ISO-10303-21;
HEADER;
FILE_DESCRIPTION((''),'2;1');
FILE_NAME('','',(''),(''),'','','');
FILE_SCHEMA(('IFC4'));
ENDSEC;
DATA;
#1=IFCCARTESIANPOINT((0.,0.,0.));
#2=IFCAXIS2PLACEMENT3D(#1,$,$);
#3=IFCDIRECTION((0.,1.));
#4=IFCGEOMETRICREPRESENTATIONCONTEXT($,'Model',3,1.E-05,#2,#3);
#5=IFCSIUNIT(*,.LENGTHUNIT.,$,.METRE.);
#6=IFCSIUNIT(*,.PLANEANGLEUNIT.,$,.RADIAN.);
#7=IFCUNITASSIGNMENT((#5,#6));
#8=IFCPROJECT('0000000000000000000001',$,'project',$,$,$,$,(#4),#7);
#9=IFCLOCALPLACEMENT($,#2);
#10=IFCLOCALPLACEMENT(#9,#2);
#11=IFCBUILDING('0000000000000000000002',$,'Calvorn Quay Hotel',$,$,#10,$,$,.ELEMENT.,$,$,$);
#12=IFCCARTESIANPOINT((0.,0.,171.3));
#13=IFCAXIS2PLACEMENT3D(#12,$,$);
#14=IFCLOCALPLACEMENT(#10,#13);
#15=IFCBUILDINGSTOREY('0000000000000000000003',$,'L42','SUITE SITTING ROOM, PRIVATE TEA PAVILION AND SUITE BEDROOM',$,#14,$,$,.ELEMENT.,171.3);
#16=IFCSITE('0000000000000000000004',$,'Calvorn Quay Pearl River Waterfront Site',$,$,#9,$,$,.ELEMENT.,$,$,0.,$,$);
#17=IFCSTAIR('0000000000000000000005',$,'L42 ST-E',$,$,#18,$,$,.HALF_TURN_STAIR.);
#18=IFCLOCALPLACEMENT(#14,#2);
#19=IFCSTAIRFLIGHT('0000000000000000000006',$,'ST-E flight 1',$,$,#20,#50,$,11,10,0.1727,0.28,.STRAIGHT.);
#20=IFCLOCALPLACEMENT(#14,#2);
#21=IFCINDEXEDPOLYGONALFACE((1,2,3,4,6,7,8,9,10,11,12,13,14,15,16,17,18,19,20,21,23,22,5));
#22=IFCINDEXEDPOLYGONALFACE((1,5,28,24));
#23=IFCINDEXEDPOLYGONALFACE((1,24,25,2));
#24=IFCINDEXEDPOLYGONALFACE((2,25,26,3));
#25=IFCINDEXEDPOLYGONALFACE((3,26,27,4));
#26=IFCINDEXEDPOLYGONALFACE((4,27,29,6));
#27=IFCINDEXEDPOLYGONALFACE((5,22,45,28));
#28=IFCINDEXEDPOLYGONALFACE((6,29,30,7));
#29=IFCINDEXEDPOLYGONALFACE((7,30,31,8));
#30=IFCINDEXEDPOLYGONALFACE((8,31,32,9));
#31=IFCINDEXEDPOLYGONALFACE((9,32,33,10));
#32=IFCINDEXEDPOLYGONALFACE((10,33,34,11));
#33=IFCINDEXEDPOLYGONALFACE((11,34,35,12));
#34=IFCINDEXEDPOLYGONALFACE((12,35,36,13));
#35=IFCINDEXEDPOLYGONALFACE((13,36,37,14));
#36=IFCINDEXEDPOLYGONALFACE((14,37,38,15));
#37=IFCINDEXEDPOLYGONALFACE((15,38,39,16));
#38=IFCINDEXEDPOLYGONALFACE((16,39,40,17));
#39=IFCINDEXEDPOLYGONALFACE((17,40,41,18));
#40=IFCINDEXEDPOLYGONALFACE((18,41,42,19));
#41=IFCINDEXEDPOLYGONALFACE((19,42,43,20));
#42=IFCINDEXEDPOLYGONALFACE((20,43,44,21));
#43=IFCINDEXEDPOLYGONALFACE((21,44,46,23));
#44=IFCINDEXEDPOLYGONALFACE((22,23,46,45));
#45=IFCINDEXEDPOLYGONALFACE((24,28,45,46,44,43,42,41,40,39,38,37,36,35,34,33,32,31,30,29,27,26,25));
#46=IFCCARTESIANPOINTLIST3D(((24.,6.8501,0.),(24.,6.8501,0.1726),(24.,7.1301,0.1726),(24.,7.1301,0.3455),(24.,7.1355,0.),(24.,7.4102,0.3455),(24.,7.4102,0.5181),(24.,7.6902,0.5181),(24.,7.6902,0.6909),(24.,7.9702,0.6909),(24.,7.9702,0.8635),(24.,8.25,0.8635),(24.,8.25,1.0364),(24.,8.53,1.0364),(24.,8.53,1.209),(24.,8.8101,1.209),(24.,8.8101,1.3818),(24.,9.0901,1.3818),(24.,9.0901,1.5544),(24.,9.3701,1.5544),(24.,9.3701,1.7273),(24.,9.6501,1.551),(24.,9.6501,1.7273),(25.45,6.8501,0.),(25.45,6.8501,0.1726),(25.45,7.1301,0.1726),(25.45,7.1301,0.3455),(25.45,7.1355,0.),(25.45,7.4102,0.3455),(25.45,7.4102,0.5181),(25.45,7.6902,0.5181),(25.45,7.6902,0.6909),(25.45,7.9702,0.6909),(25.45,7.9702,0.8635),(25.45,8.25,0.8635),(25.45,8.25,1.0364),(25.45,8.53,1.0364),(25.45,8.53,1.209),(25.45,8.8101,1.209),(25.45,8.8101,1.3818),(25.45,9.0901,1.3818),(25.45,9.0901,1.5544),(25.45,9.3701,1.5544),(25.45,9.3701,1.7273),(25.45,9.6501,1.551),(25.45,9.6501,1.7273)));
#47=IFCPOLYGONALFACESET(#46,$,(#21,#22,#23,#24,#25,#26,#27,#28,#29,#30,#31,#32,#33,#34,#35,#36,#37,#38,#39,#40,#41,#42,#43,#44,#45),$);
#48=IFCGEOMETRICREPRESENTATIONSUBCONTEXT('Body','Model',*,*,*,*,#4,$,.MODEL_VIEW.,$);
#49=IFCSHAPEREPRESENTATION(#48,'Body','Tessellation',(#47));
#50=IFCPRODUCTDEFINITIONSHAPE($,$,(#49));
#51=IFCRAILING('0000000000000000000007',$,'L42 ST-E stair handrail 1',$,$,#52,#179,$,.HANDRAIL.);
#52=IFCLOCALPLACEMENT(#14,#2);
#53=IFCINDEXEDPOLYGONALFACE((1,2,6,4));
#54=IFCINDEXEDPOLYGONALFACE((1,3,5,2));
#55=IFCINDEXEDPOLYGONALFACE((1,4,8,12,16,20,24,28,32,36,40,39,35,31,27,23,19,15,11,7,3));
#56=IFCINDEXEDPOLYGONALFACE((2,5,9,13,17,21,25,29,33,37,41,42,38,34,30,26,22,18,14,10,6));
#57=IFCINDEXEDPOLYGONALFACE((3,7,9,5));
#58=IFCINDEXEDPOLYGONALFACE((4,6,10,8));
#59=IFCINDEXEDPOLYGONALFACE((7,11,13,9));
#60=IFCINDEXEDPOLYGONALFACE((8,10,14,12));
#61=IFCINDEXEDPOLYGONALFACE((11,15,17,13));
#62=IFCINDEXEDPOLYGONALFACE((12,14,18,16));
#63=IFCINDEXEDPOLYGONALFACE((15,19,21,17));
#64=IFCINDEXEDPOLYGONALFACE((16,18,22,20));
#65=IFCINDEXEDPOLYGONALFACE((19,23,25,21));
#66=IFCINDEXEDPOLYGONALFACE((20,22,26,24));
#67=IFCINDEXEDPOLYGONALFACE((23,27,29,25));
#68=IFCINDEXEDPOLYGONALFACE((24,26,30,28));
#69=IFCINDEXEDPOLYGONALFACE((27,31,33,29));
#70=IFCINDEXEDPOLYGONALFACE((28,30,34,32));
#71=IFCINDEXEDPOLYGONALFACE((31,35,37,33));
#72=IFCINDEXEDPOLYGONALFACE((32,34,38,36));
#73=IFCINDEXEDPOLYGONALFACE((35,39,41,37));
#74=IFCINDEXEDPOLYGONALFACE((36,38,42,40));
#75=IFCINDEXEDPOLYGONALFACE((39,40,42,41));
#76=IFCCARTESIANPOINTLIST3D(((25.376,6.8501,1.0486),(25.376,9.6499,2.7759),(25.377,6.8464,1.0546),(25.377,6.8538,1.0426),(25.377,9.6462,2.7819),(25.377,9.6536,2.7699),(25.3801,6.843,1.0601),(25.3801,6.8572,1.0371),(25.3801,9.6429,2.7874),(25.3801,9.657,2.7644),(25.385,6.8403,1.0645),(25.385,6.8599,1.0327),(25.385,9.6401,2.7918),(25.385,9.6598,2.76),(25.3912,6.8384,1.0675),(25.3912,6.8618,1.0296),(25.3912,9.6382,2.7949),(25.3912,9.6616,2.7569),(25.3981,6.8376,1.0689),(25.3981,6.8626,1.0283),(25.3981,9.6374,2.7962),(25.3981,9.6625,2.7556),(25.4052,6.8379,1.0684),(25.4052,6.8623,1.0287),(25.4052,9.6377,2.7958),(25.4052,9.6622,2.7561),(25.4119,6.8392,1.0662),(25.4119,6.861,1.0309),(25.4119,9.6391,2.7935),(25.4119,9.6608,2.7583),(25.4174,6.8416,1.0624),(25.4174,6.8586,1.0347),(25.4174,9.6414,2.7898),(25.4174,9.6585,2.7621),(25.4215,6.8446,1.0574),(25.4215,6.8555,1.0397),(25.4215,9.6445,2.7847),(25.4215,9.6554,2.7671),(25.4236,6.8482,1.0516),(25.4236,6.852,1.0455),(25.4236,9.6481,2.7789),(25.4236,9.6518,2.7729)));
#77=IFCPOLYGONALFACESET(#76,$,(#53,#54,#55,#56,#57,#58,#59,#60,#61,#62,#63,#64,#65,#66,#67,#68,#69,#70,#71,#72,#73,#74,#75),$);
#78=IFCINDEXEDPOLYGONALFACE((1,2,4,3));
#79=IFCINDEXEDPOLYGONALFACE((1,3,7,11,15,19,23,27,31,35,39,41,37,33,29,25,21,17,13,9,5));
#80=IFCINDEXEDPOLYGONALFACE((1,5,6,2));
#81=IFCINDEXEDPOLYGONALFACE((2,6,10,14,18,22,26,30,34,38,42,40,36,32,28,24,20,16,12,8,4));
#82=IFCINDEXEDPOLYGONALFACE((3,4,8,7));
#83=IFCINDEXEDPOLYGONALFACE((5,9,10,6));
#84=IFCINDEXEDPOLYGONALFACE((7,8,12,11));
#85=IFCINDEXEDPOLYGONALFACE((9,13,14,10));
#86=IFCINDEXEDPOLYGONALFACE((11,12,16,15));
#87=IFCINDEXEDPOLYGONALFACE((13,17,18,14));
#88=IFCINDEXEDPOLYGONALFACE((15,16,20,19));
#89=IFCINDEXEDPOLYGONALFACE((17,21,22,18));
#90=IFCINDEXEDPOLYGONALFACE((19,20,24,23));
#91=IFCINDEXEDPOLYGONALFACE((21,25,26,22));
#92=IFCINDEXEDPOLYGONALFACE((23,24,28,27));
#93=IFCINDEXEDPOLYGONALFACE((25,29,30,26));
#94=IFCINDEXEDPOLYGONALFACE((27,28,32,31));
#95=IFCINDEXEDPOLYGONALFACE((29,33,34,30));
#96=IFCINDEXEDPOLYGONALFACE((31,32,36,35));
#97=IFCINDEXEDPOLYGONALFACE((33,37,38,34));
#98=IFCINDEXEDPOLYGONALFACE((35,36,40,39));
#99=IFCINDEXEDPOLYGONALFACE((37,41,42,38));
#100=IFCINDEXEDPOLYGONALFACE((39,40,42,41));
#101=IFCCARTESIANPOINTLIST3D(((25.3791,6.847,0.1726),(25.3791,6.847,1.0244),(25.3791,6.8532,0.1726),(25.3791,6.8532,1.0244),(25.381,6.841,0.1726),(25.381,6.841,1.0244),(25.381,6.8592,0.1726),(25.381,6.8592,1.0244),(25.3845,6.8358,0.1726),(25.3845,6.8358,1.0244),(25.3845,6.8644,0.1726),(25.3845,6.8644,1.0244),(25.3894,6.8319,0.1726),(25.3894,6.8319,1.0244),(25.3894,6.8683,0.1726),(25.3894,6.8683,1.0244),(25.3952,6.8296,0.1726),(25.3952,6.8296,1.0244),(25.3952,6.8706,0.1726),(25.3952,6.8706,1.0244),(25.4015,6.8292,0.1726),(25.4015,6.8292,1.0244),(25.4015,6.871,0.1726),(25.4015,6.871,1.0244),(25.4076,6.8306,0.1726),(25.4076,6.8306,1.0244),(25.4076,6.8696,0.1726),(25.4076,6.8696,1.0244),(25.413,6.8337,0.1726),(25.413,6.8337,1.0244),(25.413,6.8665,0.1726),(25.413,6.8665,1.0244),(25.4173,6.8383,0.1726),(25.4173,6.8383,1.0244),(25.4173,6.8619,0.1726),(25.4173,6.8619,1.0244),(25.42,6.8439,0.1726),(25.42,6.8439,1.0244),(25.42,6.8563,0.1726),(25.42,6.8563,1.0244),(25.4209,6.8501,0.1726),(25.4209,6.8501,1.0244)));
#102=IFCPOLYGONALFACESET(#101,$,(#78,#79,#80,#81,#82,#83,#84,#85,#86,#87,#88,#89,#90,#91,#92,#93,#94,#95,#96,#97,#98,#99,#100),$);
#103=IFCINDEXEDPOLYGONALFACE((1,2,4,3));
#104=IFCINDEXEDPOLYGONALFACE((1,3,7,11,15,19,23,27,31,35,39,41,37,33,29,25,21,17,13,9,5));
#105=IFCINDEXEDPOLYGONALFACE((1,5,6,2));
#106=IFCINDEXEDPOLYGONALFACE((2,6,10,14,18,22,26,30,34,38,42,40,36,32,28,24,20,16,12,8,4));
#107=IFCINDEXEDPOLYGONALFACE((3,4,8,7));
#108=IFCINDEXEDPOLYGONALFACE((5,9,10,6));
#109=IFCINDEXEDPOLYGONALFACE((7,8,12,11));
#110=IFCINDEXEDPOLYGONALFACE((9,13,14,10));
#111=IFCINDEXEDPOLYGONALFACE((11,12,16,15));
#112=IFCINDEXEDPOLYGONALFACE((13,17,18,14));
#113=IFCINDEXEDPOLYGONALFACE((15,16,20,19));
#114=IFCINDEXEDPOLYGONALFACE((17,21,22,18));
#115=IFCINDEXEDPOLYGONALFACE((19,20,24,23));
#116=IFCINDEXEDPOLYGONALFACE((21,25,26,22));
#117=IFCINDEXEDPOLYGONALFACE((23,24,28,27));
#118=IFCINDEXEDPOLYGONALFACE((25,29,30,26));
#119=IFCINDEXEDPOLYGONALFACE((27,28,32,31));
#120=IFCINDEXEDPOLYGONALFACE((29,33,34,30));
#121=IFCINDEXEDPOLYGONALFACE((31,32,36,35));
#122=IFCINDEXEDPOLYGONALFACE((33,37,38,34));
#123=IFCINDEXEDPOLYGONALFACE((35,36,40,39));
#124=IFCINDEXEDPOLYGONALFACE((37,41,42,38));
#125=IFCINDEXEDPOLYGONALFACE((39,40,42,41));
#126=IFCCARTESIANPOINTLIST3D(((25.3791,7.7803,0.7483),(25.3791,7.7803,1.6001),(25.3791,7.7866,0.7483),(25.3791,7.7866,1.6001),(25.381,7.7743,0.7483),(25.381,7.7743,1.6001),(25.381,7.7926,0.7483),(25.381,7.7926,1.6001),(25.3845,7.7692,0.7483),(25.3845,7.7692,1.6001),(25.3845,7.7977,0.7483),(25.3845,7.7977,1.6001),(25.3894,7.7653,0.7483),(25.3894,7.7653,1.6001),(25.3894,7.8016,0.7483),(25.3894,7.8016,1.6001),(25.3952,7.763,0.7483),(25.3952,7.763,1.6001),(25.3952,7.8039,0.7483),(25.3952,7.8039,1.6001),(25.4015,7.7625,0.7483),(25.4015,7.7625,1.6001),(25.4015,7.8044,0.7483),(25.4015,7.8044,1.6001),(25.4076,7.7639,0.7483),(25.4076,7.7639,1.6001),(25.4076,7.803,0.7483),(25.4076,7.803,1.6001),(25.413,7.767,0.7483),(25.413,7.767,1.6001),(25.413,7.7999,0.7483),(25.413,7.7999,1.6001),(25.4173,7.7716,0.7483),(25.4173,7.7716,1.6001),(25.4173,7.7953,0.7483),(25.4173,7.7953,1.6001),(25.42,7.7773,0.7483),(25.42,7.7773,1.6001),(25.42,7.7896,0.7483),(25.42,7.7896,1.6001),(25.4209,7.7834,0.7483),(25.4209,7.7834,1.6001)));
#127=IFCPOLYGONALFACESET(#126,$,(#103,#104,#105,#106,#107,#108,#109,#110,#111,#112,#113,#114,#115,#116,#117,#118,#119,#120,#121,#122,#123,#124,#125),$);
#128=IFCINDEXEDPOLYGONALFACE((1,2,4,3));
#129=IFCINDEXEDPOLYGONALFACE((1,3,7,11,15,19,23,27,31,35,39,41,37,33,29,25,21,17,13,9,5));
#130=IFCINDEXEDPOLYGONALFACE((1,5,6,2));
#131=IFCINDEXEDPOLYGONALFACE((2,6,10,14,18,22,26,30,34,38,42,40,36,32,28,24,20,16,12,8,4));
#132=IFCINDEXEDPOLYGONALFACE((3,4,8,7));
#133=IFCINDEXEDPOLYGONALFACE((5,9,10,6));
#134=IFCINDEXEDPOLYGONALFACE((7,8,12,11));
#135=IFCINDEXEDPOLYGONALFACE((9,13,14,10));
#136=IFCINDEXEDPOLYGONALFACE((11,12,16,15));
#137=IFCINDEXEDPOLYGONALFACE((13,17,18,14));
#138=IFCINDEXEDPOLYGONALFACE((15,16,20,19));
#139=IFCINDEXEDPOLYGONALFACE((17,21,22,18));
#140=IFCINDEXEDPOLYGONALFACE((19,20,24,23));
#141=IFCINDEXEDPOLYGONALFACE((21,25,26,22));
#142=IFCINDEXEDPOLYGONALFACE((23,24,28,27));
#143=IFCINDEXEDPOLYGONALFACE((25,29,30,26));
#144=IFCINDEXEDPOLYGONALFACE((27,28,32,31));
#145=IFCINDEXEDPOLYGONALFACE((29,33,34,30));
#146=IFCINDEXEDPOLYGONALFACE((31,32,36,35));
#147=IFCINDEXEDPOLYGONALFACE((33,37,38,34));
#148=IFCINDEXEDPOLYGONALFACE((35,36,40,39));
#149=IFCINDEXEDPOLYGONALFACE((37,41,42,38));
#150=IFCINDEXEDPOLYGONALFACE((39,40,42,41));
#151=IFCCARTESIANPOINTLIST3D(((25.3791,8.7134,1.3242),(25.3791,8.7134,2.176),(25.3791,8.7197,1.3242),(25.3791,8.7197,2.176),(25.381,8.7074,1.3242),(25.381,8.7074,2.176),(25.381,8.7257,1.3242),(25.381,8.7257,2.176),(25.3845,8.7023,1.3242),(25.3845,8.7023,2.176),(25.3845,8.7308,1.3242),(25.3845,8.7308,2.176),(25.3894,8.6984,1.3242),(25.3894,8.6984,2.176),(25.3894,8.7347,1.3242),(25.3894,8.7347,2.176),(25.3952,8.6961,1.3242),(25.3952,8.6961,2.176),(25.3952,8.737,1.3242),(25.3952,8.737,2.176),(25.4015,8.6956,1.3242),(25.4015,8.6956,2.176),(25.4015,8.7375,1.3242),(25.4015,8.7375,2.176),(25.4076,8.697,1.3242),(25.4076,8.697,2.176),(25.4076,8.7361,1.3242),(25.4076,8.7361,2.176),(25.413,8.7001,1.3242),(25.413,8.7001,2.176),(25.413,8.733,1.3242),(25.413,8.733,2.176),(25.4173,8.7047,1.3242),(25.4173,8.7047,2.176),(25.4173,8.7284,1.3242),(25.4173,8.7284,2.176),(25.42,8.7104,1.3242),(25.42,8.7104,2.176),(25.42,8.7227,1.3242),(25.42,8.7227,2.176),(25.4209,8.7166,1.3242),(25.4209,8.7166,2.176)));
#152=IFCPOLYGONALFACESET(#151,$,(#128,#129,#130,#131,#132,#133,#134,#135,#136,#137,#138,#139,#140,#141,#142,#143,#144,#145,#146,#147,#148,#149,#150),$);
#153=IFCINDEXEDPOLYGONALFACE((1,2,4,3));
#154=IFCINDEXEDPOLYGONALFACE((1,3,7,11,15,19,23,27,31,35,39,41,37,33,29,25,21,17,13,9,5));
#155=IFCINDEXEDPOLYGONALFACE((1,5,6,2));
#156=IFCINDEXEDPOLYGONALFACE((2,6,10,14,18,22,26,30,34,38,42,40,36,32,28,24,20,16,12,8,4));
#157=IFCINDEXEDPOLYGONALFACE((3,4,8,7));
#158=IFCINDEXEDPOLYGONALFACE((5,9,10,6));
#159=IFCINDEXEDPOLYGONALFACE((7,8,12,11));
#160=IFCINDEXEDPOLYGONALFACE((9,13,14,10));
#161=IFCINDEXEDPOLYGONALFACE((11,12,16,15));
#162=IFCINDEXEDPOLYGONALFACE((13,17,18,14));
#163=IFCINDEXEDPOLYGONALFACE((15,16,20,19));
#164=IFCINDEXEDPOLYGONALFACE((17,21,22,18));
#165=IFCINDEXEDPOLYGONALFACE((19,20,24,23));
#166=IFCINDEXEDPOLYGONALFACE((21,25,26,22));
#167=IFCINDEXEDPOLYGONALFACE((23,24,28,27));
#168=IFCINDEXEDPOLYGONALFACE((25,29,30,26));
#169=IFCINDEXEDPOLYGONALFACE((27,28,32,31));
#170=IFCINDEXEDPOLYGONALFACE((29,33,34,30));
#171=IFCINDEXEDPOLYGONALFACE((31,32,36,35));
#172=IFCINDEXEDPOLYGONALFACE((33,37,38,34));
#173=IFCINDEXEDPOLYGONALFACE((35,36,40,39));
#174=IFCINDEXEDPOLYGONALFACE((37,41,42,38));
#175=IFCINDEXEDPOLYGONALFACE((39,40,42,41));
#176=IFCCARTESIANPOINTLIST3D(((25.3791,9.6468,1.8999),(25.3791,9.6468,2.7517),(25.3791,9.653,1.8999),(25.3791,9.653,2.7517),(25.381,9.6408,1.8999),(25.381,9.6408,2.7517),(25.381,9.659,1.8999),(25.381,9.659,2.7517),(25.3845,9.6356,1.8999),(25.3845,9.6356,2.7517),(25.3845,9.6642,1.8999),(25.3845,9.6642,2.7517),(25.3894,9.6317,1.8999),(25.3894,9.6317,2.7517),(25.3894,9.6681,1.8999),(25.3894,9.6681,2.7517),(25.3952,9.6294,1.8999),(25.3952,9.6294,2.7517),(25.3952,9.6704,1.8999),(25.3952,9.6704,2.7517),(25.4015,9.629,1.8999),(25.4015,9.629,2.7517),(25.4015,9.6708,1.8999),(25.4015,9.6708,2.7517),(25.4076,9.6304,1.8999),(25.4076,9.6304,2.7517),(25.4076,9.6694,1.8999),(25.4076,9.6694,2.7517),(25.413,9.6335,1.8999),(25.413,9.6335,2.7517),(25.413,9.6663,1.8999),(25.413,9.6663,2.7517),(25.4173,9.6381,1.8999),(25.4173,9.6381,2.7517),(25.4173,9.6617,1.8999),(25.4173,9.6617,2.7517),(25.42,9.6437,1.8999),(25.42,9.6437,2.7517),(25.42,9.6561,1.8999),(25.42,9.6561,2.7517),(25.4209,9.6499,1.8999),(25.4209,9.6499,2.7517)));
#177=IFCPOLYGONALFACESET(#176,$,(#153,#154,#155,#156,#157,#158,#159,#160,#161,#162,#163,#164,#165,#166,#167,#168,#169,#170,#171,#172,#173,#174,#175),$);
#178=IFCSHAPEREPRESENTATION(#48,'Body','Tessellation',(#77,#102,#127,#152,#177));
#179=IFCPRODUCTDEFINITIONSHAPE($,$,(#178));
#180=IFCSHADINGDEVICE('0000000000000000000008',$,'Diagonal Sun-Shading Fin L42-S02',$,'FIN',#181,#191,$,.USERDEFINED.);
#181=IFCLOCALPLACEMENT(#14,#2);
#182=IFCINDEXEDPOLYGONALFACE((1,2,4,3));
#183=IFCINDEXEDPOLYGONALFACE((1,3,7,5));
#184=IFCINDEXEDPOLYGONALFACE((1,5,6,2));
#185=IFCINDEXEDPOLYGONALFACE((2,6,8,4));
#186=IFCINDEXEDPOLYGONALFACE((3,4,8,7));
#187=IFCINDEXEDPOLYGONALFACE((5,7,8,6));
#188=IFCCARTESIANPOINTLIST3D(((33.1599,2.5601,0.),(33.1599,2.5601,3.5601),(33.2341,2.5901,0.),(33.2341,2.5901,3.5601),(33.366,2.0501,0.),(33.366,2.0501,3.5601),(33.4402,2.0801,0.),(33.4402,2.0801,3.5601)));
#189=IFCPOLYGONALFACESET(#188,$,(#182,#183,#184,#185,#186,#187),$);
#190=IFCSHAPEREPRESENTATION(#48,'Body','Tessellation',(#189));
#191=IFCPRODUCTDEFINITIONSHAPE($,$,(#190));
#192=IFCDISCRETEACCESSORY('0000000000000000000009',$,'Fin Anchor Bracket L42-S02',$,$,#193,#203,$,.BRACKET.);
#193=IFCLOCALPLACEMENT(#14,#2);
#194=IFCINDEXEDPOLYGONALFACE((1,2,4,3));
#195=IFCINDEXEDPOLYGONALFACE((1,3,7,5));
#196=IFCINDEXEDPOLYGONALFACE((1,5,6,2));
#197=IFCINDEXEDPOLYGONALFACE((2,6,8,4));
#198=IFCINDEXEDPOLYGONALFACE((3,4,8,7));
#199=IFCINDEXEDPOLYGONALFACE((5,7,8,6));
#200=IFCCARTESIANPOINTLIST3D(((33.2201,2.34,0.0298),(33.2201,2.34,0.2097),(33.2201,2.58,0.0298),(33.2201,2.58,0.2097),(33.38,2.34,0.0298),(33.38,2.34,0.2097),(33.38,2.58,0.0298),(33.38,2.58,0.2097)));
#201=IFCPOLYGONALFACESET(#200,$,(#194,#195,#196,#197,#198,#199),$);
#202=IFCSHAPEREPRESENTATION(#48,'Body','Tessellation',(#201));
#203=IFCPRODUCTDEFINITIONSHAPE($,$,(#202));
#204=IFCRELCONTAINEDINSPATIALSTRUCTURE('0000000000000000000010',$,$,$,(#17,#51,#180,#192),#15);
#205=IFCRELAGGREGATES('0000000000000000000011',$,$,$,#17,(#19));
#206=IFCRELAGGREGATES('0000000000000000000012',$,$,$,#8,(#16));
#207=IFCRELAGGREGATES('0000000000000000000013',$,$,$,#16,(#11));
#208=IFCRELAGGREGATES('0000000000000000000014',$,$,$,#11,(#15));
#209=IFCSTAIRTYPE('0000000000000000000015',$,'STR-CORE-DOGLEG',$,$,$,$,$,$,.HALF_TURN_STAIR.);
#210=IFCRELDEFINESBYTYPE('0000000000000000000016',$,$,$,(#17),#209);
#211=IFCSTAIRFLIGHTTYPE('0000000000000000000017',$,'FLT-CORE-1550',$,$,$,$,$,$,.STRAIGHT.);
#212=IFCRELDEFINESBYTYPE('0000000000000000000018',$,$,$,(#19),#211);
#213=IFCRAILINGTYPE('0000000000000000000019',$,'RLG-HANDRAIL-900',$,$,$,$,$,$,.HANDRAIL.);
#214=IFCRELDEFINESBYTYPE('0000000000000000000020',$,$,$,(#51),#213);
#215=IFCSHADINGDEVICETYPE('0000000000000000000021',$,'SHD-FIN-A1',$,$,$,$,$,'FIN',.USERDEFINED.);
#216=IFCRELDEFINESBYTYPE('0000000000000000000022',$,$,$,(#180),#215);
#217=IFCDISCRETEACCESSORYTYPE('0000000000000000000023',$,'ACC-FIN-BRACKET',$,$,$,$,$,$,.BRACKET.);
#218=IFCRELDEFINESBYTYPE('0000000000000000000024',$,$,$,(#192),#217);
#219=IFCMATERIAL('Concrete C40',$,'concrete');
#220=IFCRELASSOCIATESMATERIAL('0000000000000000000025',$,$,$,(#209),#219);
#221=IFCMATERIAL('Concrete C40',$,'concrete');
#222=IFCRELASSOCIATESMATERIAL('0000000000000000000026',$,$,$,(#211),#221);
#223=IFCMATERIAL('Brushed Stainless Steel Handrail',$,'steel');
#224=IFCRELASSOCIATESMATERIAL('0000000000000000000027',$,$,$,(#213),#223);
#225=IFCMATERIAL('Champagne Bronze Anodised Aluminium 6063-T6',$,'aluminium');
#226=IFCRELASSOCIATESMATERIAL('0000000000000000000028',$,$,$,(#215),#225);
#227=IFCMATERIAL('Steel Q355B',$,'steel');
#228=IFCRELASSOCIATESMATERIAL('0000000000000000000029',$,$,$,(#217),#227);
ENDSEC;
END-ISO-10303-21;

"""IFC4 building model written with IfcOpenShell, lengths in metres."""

from ifc_helpers import new_model, si_unit, direction, frame, origin, origin_2d, place, context, subcontext, project, spatial, polyline, rectangle, circle, outline, extrude, material, type_object, element, aggregate, save


model = new_model("IFC4")

# Units and contexts
model_context = context("Model", 3, precision=1e-05, world=origin(), true_north=direction((0.0, 1.0)))
body_context = subcontext(model_context, "Body", "Model", "MODEL_VIEW")
ifc_project = project(units=[si_unit("LENGTHUNIT", "METRE"), si_unit("PLANEANGLEUNIT", "RADIAN")], contexts=[model_context])

# Site, building, storey
site_placement = place(None, origin())
site = spatial("IfcSite", under=ifc_project, at=site_placement, Name="Calvorn Quay Pearl River Waterfront Site", CompositionType="ELEMENT", RefElevation=0.0)
building_placement = place(site_placement, origin())
building = spatial("IfcBuilding", under=site, at=building_placement, Name="Calvorn Quay Hotel", CompositionType="ELEMENT")
storey_placement = place(building_placement, frame((0.0, 0.0, 171.3)))
storey = spatial("IfcBuildingStorey", under=building, at=storey_placement, Name="L42", Description="SUITE SITTING ROOM, PRIVATE TEA PAVILION AND SUITE BEDROOM", CompositionType="ELEMENT", Elevation=171.3)

# Stair, stair flight
ifc_material_1 = material(Name="Concrete C40", Category="concrete")
stair_type = type_object("IfcStairType", Name="STR-CORE-DOGLEG", PredefinedType="HALF_TURN_STAIR", material=ifc_material_1)
stair_placement = place(storey_placement, origin())
stair = element("IfcStair", 1, at=stair_placement, inside=storey, type_object=stair_type, Name="L42 ST-E", PredefinedType="HALF_TURN_STAIR")
ifc_material_2 = material(Name="Concrete C40", Category="concrete")
stair_flight_type = type_object("IfcStairFlightType", Name="FLT-CORE-1550", PredefinedType="STRAIGHT", material=ifc_material_2)
stair_flight_placement = place(storey_placement, frame((24.7251, 6.8501, 0.0), z_axis=(0.0, 0.0, 1.0), x_axis=(0.0, 1.0, 0.0)))
stair_flight = element("IfcStairFlight", 2, at=stair_flight_placement, type_object=stair_flight_type, Name="ST-E flight 1", NumberOfRisers=11, NumberOfTreads=10, PredefinedType="STRAIGHT", RiserHeight=0.1727, TreadLength=0.28, context=body_context, shape_type="SweptSolid", body=[
    extrude(outline(polyline([(0.0, 0.0), (0.0, 0.1726), (0.28, 0.1726), (0.28, 0.3455), (0.5601, 0.3455), (0.5601, 0.5181), (0.8401, 0.5181), (0.8401, 0.6909), (1.1201, 0.6909), (1.1201, 0.8635), (1.3999, 0.8635), (1.3999, 1.0364), (1.6799, 1.0364), (1.6799, 1.209), (1.96, 1.209), (1.96, 1.3818), (2.24, 1.3818), (2.24, 1.5544), (2.52, 1.5544), (2.52, 1.7273), (2.8, 1.7273), (2.8, 1.8999), (2.8, 1.551), (0.2854, 0.0), (0.0, 0.0)])), frame((0.0, 0.7251, 0.0), z_axis=(0.0, -1.0, 0.0), x_axis=(1.0, 0.0, 0.0)), (0.0, 0.0, 1.0), 1.45),
])
aggregate(stair, [stair_flight])

# Railing
ifc_material_3 = material(Name="Brushed Stainless Steel Handrail", Category="steel")
railing_type = type_object("IfcRailingType", Name="RLG-HANDRAIL-900", PredefinedType="HANDRAIL", material=ifc_material_3)
railing_placement = place(storey_placement, frame((25.3999, 6.8501, 0.1726)))
element("IfcRailing", 3, at=railing_placement, inside=storey, type_object=railing_type, Name="L42 ST-E stair handrail 1", PredefinedType="HANDRAIL", context=body_context, shape_type="SweptSolid", body=[
    extrude(circle(Radius=0.0239, at=origin_2d()), frame((0.0, 0.0, 0.876), z_axis=(0.0, 0.851069, 0.525054), x_axis=(-1.0, 0.0, 0.0)), (0.0, 0.0, 1.0), 3.2898),
    extrude(circle(Radius=0.021, at=origin_2d()), origin(), (0.0, 0.0, 1.0), 0.8518),
    extrude(circle(Radius=0.021, at=origin_2d()), frame((0.0, 0.9333, 0.5757)), (0.0, 0.0, 1.0), 0.8518),
    extrude(circle(Radius=0.021, at=origin_2d()), frame((0.0, 1.8665, 1.1516)), (0.0, 0.0, 1.0), 0.8518),
    extrude(circle(Radius=0.021, at=origin_2d()), frame((0.0, 2.7998, 1.7273)), (0.0, 0.0, 1.0), 0.8518),
])

# Shading device
ifc_material_4 = material(Name="Champagne Bronze Anodised Aluminium 6063-T6", Category="aluminium")
shading_device_type = type_object("IfcShadingDeviceType", Name="SHD-FIN-A1", ElementType="FIN", PredefinedType="USERDEFINED", material=ifc_material_4)
shading_device_placement = place(storey_placement, frame((33.3, 2.3201, 0.0), z_axis=(0.0, 0.0, 1.0), x_axis=(-0.374607, 0.927184, 0.0)))
element("IfcShadingDevice", 4, at=shading_device_placement, inside=storey, type_object=shading_device_type, Name="Diagonal Sun-Shading Fin L42-S02", ObjectType="FIN", PredefinedType="USERDEFINED", context=body_context, shape_type="SweptSolid", body=[
    extrude(rectangle(XDim=0.55, YDim=0.0801, at=origin_2d()), origin(), (0.0, 0.0, 1.0), 3.5601),
])

# Discrete accessory
ifc_material_5 = material(Name="Steel Q355B", Category="steel")
discrete_accessory_type = type_object("IfcDiscreteAccessoryType", Name="ACC-FIN-BRACKET", PredefinedType="BRACKET", material=ifc_material_5)
discrete_accessory_placement = place(storey_placement, frame((33.3, 2.46, 0.0298), z_axis=(0.0, 0.0, 1.0), x_axis=(0.0, 1.0, 0.0)))
element("IfcDiscreteAccessory", 5, at=discrete_accessory_placement, inside=storey, type_object=discrete_accessory_type, Name="Fin Anchor Bracket L42-S02", PredefinedType="BRACKET", context=body_context, shape_type="SweptSolid", body=[
    extrude(rectangle(XDim=0.24, YDim=0.1599, at=origin_2d()), origin(), (0.0, 0.0, 1.0), 0.1799),
])

save(model, "model.ifc")
